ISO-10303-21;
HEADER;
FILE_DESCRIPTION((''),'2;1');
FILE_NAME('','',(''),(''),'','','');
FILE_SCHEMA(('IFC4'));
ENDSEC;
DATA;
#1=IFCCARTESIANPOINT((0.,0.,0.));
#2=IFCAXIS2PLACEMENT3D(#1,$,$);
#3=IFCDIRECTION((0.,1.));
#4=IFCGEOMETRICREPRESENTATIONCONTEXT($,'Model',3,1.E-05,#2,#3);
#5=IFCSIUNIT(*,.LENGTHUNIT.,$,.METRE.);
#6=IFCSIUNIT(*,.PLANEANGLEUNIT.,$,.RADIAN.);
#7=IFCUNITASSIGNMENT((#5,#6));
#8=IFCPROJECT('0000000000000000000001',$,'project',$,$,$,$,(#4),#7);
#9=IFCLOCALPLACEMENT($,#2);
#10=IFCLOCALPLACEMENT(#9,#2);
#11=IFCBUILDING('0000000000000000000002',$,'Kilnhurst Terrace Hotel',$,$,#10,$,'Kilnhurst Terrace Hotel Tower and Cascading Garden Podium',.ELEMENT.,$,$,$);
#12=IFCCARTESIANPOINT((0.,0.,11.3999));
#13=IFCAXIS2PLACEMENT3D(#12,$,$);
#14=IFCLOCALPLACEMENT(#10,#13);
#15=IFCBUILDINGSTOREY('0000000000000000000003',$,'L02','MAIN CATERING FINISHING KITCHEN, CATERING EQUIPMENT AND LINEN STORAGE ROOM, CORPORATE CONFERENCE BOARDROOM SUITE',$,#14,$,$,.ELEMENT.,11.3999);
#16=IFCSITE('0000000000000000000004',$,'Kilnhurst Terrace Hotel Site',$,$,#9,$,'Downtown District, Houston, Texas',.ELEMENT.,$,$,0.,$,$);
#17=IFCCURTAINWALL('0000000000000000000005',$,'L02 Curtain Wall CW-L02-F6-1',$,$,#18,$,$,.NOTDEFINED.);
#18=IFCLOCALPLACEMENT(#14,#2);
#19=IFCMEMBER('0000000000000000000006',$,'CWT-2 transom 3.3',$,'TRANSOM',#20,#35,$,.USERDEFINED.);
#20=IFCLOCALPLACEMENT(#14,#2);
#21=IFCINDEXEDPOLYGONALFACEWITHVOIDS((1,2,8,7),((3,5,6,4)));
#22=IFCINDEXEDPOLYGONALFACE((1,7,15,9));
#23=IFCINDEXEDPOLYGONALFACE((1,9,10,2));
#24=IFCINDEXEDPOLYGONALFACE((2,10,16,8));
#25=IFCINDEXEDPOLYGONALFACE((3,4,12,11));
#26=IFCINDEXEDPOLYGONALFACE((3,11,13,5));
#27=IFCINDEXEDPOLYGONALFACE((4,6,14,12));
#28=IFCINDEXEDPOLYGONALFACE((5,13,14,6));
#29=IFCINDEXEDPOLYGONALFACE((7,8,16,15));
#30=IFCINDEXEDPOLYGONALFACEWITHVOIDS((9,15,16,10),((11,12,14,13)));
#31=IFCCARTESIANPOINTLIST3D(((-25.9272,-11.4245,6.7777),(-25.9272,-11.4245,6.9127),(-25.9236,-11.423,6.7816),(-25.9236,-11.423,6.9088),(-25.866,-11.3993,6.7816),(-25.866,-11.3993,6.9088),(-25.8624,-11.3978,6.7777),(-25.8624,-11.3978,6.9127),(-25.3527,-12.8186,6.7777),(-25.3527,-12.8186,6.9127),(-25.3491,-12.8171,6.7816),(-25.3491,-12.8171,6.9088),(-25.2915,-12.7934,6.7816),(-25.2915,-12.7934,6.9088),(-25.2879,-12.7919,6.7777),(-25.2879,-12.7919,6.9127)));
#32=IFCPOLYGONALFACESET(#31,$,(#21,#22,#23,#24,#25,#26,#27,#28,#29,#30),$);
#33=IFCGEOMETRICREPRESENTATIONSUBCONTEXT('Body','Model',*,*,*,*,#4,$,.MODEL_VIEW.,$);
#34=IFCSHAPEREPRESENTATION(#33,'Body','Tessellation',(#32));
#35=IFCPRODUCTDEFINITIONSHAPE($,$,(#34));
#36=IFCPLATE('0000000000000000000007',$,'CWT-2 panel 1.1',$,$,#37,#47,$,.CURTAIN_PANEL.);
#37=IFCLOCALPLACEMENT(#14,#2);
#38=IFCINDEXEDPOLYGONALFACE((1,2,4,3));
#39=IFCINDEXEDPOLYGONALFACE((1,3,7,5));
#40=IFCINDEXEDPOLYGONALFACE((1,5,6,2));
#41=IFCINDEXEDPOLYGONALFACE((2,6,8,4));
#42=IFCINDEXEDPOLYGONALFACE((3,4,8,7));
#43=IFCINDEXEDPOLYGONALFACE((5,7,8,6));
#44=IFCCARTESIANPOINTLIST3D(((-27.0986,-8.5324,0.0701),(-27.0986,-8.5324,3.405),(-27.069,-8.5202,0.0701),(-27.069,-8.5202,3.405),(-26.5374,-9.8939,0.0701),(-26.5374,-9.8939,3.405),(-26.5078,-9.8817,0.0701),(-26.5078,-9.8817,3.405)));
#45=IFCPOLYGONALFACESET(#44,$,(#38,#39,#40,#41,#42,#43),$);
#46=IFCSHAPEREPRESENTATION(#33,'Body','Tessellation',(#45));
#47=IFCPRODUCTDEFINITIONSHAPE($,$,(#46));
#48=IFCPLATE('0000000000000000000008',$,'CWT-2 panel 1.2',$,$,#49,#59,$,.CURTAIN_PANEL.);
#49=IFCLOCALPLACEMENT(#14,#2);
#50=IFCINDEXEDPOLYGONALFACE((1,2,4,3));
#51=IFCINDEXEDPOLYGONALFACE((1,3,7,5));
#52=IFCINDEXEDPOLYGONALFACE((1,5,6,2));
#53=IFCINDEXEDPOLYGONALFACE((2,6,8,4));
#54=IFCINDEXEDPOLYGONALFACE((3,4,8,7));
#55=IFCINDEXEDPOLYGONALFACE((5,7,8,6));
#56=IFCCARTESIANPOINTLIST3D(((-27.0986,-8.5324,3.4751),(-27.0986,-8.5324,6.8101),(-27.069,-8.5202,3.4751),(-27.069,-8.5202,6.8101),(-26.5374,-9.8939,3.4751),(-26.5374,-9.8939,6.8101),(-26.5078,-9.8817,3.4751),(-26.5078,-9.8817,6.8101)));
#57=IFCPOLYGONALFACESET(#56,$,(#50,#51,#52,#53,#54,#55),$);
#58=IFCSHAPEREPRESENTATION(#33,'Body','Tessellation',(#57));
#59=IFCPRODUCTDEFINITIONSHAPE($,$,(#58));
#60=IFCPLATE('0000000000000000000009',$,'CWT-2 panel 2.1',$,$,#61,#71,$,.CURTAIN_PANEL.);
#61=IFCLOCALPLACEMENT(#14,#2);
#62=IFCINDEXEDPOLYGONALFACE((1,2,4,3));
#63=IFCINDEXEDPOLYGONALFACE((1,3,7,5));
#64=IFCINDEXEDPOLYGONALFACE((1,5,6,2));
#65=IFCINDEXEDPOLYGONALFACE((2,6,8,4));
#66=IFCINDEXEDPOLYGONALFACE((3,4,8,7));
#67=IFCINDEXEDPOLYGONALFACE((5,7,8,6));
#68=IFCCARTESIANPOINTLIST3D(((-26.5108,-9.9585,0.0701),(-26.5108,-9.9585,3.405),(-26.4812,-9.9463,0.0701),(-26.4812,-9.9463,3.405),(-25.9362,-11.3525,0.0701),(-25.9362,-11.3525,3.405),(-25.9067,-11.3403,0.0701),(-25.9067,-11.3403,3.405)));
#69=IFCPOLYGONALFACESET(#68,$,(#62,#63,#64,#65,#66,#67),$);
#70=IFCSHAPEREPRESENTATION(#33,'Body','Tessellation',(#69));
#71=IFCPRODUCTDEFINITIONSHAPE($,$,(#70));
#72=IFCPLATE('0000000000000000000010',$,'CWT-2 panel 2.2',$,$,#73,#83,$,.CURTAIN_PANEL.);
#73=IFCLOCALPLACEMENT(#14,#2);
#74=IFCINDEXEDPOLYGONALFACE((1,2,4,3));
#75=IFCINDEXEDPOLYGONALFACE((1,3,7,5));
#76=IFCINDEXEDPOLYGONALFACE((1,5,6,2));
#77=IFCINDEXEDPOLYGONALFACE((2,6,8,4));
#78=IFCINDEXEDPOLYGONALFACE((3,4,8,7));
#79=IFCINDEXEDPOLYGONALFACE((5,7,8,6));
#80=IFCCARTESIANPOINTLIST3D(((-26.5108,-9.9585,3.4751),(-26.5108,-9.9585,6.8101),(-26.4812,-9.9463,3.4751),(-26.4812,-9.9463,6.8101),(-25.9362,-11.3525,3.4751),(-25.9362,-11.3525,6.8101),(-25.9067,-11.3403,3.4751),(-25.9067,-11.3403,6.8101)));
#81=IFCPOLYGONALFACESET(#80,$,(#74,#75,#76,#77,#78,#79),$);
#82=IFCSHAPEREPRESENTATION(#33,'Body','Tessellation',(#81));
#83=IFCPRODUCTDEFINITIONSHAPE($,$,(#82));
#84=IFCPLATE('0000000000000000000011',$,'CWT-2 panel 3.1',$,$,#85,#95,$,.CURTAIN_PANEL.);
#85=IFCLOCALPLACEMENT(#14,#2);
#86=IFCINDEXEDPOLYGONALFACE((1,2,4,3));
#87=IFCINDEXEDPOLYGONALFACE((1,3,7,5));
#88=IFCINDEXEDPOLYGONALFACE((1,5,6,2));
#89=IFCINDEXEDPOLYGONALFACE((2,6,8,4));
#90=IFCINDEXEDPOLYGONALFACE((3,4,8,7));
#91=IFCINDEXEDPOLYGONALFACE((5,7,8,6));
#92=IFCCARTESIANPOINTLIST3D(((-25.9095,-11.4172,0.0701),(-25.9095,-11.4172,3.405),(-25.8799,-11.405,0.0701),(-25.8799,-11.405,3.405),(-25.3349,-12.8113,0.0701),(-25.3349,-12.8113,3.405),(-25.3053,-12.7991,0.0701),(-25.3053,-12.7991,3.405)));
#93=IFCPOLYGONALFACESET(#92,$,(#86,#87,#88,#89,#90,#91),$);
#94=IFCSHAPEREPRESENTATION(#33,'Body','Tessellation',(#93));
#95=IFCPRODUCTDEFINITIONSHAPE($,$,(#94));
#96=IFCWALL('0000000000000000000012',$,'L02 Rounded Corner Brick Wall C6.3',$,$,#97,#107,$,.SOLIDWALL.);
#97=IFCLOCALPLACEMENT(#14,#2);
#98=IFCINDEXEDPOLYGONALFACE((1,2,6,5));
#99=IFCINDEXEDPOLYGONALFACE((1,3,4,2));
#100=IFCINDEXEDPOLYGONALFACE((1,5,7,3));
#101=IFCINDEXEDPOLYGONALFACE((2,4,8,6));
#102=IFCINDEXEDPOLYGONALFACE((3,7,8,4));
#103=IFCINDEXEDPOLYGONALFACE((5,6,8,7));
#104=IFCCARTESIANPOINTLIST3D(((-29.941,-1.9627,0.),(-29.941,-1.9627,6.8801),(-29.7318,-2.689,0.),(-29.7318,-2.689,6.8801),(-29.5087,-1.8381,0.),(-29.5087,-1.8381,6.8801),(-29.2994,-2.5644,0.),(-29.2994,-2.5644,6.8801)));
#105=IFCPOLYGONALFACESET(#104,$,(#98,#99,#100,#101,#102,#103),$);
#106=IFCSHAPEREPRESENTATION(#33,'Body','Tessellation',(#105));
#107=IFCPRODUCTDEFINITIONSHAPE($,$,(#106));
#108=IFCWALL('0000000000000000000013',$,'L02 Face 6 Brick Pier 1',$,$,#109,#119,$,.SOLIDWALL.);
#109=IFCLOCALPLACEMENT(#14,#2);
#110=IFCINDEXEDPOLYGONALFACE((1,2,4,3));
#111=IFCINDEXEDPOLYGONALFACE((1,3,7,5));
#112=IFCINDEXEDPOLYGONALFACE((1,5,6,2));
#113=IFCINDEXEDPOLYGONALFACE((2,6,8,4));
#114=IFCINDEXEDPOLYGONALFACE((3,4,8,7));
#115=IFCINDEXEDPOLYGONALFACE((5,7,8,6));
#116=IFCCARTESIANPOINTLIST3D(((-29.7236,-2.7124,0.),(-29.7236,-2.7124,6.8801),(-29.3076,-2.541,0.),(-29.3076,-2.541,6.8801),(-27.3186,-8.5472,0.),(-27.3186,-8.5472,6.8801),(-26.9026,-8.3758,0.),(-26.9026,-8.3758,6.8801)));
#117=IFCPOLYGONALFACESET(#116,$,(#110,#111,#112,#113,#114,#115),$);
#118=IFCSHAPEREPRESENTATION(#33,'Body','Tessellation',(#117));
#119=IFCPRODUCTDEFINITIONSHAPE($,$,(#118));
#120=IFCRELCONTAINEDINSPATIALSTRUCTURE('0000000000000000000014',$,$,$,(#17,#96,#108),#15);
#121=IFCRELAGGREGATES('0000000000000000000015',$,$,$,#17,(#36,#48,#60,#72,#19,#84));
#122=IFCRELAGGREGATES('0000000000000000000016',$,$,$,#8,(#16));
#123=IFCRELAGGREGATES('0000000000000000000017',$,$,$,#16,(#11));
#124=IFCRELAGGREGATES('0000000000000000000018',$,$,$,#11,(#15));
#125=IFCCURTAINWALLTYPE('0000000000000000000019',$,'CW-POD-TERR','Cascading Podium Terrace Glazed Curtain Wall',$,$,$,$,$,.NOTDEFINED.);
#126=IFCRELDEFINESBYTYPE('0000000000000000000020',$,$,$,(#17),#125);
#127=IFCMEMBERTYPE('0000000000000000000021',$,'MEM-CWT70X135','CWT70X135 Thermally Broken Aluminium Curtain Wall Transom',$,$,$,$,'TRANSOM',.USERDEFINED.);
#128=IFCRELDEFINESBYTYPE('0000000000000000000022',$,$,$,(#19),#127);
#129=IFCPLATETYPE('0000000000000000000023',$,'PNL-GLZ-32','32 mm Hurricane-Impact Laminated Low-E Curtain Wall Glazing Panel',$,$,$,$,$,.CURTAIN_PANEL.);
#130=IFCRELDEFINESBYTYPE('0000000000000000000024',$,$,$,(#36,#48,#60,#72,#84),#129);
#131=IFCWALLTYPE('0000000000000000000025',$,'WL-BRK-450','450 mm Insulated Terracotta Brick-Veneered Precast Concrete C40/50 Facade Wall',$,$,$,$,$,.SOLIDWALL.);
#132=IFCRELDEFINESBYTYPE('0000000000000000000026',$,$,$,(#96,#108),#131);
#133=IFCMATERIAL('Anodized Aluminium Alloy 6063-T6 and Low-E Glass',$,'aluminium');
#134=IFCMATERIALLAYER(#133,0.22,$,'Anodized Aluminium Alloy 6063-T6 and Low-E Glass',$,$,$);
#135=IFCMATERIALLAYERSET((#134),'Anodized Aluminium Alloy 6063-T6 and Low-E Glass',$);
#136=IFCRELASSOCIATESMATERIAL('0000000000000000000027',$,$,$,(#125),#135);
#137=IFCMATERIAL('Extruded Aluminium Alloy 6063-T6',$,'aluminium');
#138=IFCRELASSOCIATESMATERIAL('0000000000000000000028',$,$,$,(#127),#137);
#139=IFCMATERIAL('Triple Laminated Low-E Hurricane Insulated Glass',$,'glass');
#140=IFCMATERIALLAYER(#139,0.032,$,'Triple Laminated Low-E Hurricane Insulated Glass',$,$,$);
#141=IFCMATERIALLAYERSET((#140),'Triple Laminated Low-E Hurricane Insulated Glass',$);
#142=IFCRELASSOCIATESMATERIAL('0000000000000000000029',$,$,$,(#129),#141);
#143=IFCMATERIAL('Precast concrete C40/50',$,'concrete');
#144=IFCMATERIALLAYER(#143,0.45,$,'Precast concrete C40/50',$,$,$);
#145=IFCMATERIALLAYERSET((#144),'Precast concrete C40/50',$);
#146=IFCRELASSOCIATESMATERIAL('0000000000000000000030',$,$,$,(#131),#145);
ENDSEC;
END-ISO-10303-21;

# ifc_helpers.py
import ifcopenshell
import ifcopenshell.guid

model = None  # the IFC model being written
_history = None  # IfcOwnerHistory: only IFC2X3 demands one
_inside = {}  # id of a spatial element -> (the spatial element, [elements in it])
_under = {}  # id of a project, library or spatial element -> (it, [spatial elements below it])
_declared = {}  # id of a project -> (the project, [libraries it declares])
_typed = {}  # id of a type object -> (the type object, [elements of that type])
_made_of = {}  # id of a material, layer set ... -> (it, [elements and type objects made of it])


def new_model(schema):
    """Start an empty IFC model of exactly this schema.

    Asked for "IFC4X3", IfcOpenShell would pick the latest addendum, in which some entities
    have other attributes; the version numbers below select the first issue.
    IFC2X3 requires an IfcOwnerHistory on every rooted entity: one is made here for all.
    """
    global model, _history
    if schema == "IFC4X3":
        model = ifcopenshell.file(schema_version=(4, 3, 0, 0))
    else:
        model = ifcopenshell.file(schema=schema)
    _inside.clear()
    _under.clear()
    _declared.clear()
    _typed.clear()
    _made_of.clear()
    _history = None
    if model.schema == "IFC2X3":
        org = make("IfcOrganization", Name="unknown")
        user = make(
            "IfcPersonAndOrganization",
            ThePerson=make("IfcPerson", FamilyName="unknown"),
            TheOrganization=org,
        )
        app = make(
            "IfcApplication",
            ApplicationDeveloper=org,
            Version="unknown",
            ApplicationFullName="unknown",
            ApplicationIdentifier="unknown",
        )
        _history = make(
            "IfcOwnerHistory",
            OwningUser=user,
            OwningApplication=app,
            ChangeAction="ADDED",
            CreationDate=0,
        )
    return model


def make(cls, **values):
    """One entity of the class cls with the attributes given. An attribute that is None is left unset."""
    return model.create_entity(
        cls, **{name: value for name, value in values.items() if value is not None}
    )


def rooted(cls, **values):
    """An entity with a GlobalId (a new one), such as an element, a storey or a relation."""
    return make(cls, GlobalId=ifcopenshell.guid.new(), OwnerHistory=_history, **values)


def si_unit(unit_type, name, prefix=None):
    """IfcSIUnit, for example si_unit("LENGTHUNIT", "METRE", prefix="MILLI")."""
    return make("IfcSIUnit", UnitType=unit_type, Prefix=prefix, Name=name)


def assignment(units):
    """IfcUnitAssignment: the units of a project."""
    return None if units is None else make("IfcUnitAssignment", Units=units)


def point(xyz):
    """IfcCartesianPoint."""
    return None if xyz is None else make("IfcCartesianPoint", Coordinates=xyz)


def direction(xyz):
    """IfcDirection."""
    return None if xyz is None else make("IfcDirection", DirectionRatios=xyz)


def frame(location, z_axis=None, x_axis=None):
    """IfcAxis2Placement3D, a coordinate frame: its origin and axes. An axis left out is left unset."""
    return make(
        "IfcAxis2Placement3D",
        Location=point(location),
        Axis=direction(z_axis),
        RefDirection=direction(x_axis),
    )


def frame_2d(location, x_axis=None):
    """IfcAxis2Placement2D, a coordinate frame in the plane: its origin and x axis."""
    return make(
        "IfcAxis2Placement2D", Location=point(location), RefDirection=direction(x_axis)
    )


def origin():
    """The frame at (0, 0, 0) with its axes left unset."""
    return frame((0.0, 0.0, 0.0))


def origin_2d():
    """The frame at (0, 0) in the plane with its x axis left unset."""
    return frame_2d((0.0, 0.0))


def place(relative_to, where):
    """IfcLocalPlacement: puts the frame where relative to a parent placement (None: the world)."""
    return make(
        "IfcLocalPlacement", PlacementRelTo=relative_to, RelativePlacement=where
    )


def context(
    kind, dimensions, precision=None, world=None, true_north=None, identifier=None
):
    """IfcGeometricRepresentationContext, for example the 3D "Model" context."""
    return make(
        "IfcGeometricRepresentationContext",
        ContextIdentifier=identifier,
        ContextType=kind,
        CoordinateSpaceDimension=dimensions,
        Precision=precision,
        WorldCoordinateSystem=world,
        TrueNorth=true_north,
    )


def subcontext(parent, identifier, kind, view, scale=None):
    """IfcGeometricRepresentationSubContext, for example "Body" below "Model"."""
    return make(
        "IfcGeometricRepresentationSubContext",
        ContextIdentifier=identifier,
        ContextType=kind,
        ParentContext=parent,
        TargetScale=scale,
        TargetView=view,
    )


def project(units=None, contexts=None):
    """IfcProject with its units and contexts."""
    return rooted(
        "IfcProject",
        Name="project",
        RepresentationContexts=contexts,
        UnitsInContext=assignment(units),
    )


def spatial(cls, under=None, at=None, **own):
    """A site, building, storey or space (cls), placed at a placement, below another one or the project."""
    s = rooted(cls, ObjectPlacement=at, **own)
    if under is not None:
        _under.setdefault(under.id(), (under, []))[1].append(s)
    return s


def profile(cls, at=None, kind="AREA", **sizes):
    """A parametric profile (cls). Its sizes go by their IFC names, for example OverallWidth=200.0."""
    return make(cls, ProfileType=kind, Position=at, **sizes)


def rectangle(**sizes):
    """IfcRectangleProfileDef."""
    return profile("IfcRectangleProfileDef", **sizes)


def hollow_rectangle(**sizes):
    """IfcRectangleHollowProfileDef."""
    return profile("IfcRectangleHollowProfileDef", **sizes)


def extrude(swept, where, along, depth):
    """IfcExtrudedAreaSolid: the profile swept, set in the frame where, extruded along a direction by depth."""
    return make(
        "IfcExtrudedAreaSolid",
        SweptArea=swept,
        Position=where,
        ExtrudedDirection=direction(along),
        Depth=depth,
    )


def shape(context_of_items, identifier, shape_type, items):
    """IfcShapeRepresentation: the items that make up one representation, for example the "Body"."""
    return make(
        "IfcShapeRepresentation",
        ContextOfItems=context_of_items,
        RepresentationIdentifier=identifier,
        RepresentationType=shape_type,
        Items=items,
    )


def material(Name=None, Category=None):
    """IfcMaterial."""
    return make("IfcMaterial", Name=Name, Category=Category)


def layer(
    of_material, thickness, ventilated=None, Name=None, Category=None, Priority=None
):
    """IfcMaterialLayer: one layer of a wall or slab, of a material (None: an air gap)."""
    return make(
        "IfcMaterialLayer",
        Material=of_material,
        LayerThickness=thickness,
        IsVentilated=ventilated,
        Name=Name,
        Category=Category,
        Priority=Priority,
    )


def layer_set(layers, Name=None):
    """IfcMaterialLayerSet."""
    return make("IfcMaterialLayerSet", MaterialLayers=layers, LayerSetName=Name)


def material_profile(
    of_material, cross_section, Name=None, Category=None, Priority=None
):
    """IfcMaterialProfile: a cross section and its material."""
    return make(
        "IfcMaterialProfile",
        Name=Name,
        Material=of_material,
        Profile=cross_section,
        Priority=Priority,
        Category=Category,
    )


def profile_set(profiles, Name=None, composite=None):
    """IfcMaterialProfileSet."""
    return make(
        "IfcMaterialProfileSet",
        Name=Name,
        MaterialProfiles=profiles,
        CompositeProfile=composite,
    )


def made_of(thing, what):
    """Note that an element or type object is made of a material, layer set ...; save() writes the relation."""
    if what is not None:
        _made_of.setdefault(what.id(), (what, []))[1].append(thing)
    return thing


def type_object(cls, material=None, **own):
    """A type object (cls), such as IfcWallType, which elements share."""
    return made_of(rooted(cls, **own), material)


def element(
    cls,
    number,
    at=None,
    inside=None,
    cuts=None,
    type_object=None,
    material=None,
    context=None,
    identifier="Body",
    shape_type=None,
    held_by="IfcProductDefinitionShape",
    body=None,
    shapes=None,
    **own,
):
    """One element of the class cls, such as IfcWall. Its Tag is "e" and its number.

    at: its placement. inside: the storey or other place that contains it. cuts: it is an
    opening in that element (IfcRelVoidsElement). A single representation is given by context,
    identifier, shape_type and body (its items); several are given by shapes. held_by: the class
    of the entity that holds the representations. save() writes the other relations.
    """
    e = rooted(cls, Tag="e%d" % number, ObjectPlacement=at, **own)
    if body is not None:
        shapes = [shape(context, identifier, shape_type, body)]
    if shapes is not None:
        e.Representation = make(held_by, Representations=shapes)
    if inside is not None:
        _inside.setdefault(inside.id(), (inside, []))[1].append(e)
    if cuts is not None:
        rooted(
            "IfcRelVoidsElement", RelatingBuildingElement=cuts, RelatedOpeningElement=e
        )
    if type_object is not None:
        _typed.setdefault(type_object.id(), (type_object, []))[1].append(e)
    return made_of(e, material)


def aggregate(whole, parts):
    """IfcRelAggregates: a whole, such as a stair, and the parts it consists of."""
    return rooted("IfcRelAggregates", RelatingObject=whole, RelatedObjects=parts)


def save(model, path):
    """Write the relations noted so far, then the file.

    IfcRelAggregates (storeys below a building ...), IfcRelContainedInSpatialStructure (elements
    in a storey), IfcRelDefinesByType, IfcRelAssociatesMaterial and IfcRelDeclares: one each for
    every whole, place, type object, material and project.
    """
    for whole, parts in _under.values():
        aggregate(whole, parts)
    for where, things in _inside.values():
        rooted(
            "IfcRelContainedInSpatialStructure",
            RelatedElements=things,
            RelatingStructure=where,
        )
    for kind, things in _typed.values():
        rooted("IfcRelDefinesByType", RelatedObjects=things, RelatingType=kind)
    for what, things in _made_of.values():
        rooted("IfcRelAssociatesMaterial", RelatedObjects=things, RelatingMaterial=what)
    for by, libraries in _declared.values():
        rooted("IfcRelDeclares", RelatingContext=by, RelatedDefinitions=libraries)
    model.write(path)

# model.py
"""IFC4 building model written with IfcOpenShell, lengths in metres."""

from ifc_helpers import new_model, si_unit, direction, frame, frame_2d, origin, origin_2d, place, context, subcontext, project, spatial, rectangle, hollow_rectangle, extrude, material, layer, layer_set, material_profile, profile_set, type_object, element, aggregate, save


model = new_model("IFC4")

# Units and contexts
model_context = context("Model", 3, precision=1e-05, world=origin(), true_north=direction((0.0, 1.0)))
body_context = subcontext(model_context, "Body", "Model", "MODEL_VIEW")
ifc_project = project(units=[si_unit("LENGTHUNIT", "METRE"), si_unit("PLANEANGLEUNIT", "RADIAN")], contexts=[model_context])

# Site, building, storey
site_placement = place(None, origin())
site = spatial("IfcSite", under=ifc_project, at=site_placement, Name="Kilnhurst Terrace Hotel Site", LongName="Downtown District, Houston, Texas", CompositionType="ELEMENT", RefElevation=0.0)
building_placement = place(site_placement, origin())
building = spatial("IfcBuilding", under=site, at=building_placement, Name="Kilnhurst Terrace Hotel", LongName="Kilnhurst Terrace Hotel Tower and Cascading Garden Podium", CompositionType="ELEMENT")
storey_placement = place(building_placement, frame((0.0, 0.0, 11.3999)))
storey = spatial("IfcBuildingStorey", under=building, at=storey_placement, Name="L02", Description="MAIN CATERING FINISHING KITCHEN, CATERING EQUIPMENT AND LINEN STORAGE ROOM, CORPORATE CONFERENCE BOARDROOM SUITE", CompositionType="ELEMENT", Elevation=11.3999)

# Curtain wall, member, plates
ifc_material_1 = material(Name="Anodized Aluminium Alloy 6063-T6 and Low-E Glass", Category="aluminium")
ifc_layer_1 = layer(ifc_material_1, 0.22, Name="Anodized Aluminium Alloy 6063-T6 and Low-E Glass")
ifc_layer_set_1 = layer_set([ifc_layer_1], Name="Anodized Aluminium Alloy 6063-T6 and Low-E Glass")
curtain_wall_type = type_object("IfcCurtainWallType", Name="CW-POD-TERR", Description="Cascading Podium Terrace Glazed Curtain Wall", PredefinedType="NOTDEFINED", material=ifc_layer_set_1)
curtain_wall_placement = place(storey_placement, origin())
curtain_wall = element("IfcCurtainWall", 1, at=curtain_wall_placement, inside=storey, type_object=curtain_wall_type, Name="L02 Curtain Wall CW-L02-F6-1", PredefinedType="NOTDEFINED")
ifc_material_2 = material(Name="Extruded Aluminium Alloy 6063-T6", Category="aluminium")
ifc_material_profile_1 = material_profile(ifc_material_2, hollow_rectangle(XDim=0.0701, YDim=0.135, WallThickness=0.0039, at=origin_2d()), Name="CWT70X135")
ifc_profile_set_1 = profile_set([ifc_material_profile_1], Name="Extruded Aluminium Alloy 6063-T6")
member_type_1 = type_object("IfcMemberType", Name="MEM-CWT70X135", Description="CWT70X135 Thermally Broken Aluminium Curtain Wall Transom", ElementType="TRANSOM", PredefinedType="USERDEFINED", material=ifc_profile_set_1)
member_1_placement = place(storey_placement, frame((-25.8948, -11.4111, 6.8452), z_axis=(0.381002, -0.924574, 0.0), x_axis=(0.924574, 0.381002, 0.0)))
member_1 = element("IfcMember", 2, at=member_1_placement, type_object=member_type_1, Name="CWT-2 transom 3.3", ObjectType="TRANSOM", PredefinedType="USERDEFINED", context=body_context, shape_type="SweptSolid", body=[
    extrude(hollow_rectangle(XDim=0.0701, YDim=0.135, WallThickness=0.0039, at=origin_2d()), origin(), (0.0, 0.0, 1.0), 1.5078),
])
ifc_material_3 = material(Name="Triple Laminated Low-E Hurricane Insulated Glass", Category="glass")
ifc_layer_2 = layer(ifc_material_3, 0.032, Name="Triple Laminated Low-E Hurricane Insulated Glass")
ifc_layer_set_2 = layer_set([ifc_layer_2], Name="Triple Laminated Low-E Hurricane Insulated Glass")
plate_type = type_object("IfcPlateType", Name="PNL-GLZ-32", Description="32 mm Hurricane-Impact Laminated Low-E Curtain Wall Glazing Panel", PredefinedType="CURTAIN_PANEL", material=ifc_layer_set_2)
plate_1_placement = place(storey_placement, frame((-26.8032, -9.207, 0.0701), z_axis=(0.0, 0.0, 1.0), x_axis=(0.381073, -0.924545, 0.0)))
plate_1 = element("IfcPlate", 3, at=plate_1_placement, type_object=plate_type, Name="CWT-2 panel 1.1", PredefinedType="CURTAIN_PANEL", context=body_context, shape_type="SweptSolid", body=[
    extrude(rectangle(XDim=1.4727, YDim=0.032, at=origin_2d()), origin(), (0.0, 0.0, 1.0), 3.335),
])
plate_2_placement = place(storey_placement, frame((-26.8032, -9.207, 3.4751), z_axis=(0.0, 0.0, 1.0), x_axis=(0.381073, -0.924545, 0.0)))
plate_2 = element("IfcPlate", 4, at=plate_2_placement, type_object=plate_type, Name="CWT-2 panel 1.2", PredefinedType="CURTAIN_PANEL", context=body_context, shape_type="SweptSolid", body=[
    extrude(rectangle(XDim=1.4727, YDim=0.032, at=origin_2d()), origin(), (0.0, 0.0, 1.0), 3.335),
])
plate_3_placement = place(storey_placement, frame((-26.2087, -10.6494, 0.0701), z_axis=(0.0, 0.0, 1.0), x_axis=(0.381073, -0.924545, 0.0)))
plate_3 = element("IfcPlate", 5, at=plate_3_placement, type_object=plate_type, Name="CWT-2 panel 2.1", PredefinedType="CURTAIN_PANEL", context=body_context, shape_type="SweptSolid", body=[
    extrude(rectangle(XDim=1.5078, YDim=0.032, at=origin_2d()), origin(), (0.0, 0.0, 1.0), 3.335),
])
plate_4_placement = place(storey_placement, frame((-26.2087, -10.6494, 3.4751), z_axis=(0.0, 0.0, 1.0), x_axis=(0.381073, -0.924545, 0.0)))
plate_4 = element("IfcPlate", 6, at=plate_4_placement, type_object=plate_type, Name="CWT-2 panel 2.2", PredefinedType="CURTAIN_PANEL", context=body_context, shape_type="SweptSolid", body=[
    extrude(rectangle(XDim=1.5078, YDim=0.032, at=origin_2d()), origin(), (0.0, 0.0, 1.0), 3.335),
])
plate_5_placement = place(storey_placement, frame((-25.6074, -12.1082, 0.0701), z_axis=(0.0, 0.0, 1.0), x_axis=(0.381073, -0.924545, 0.0)))
plate_5 = element("IfcPlate", 7, at=plate_5_placement, type_object=plate_type, Name="CWT-2 panel 3.1", PredefinedType="CURTAIN_PANEL", context=body_context, shape_type="SweptSolid", body=[
    extrude(rectangle(XDim=1.5078, YDim=0.032, at=origin_2d()), origin(), (0.0, 0.0, 1.0), 3.335),
])
aggregate(curtain_wall, [plate_1, plate_2, plate_3, plate_4, member_1, plate_5])

# Walls
ifc_material_4 = material(Name="Precast concrete C40/50", Category="concrete")
ifc_layer_3 = layer(ifc_material_4, 0.45, Name="Precast concrete C40/50")
ifc_layer_set_3 = layer_set([ifc_layer_3], Name="Precast concrete C40/50")
wall_type = type_object("IfcWallType", Name="WL-BRK-450", Description="450 mm Insulated Terracotta Brick-Veneered Precast Concrete C40/50 Facade Wall", PredefinedType="SOLIDWALL", material=ifc_layer_set_3)
wall_1_placement = place(storey_placement, frame((-29.7249, -1.9004, 0.0), z_axis=(0.0, 0.0, 1.0), x_axis=(0.276811, -0.960924, 0.0)))
element("IfcWall", 8, at=wall_1_placement, inside=storey, type_object=wall_type, Name="L02 Rounded Corner Brick Wall C6.3", PredefinedType="SOLIDWALL", context=body_context, shape_type="SweptSolid", body=[
    extrude(rectangle(XDim=0.7559, YDim=0.45, at=frame_2d((0.3779, 0.0))), origin(), (0.0, 0.0, 1.0), 6.8801),
])
wall_2_placement = place(storey_placement, frame((-29.5156, -2.6267, 0.0), z_axis=(0.0, 0.0, 1.0), x_axis=(0.381088, -0.924539, 0.0)))
element("IfcWall", 9, at=wall_2_placement, inside=storey, type_object=wall_type, Name="L02 Face 6 Brick Pier 1", PredefinedType="SOLIDWALL", context=body_context, shape_type="SweptSolid", body=[
    extrude(rectangle(XDim=6.311, YDim=0.45, at=frame_2d((3.1555, 0.0))), origin(), (0.0, 0.0, 1.0), 6.8801),
])

save(model, "model.ifc")
